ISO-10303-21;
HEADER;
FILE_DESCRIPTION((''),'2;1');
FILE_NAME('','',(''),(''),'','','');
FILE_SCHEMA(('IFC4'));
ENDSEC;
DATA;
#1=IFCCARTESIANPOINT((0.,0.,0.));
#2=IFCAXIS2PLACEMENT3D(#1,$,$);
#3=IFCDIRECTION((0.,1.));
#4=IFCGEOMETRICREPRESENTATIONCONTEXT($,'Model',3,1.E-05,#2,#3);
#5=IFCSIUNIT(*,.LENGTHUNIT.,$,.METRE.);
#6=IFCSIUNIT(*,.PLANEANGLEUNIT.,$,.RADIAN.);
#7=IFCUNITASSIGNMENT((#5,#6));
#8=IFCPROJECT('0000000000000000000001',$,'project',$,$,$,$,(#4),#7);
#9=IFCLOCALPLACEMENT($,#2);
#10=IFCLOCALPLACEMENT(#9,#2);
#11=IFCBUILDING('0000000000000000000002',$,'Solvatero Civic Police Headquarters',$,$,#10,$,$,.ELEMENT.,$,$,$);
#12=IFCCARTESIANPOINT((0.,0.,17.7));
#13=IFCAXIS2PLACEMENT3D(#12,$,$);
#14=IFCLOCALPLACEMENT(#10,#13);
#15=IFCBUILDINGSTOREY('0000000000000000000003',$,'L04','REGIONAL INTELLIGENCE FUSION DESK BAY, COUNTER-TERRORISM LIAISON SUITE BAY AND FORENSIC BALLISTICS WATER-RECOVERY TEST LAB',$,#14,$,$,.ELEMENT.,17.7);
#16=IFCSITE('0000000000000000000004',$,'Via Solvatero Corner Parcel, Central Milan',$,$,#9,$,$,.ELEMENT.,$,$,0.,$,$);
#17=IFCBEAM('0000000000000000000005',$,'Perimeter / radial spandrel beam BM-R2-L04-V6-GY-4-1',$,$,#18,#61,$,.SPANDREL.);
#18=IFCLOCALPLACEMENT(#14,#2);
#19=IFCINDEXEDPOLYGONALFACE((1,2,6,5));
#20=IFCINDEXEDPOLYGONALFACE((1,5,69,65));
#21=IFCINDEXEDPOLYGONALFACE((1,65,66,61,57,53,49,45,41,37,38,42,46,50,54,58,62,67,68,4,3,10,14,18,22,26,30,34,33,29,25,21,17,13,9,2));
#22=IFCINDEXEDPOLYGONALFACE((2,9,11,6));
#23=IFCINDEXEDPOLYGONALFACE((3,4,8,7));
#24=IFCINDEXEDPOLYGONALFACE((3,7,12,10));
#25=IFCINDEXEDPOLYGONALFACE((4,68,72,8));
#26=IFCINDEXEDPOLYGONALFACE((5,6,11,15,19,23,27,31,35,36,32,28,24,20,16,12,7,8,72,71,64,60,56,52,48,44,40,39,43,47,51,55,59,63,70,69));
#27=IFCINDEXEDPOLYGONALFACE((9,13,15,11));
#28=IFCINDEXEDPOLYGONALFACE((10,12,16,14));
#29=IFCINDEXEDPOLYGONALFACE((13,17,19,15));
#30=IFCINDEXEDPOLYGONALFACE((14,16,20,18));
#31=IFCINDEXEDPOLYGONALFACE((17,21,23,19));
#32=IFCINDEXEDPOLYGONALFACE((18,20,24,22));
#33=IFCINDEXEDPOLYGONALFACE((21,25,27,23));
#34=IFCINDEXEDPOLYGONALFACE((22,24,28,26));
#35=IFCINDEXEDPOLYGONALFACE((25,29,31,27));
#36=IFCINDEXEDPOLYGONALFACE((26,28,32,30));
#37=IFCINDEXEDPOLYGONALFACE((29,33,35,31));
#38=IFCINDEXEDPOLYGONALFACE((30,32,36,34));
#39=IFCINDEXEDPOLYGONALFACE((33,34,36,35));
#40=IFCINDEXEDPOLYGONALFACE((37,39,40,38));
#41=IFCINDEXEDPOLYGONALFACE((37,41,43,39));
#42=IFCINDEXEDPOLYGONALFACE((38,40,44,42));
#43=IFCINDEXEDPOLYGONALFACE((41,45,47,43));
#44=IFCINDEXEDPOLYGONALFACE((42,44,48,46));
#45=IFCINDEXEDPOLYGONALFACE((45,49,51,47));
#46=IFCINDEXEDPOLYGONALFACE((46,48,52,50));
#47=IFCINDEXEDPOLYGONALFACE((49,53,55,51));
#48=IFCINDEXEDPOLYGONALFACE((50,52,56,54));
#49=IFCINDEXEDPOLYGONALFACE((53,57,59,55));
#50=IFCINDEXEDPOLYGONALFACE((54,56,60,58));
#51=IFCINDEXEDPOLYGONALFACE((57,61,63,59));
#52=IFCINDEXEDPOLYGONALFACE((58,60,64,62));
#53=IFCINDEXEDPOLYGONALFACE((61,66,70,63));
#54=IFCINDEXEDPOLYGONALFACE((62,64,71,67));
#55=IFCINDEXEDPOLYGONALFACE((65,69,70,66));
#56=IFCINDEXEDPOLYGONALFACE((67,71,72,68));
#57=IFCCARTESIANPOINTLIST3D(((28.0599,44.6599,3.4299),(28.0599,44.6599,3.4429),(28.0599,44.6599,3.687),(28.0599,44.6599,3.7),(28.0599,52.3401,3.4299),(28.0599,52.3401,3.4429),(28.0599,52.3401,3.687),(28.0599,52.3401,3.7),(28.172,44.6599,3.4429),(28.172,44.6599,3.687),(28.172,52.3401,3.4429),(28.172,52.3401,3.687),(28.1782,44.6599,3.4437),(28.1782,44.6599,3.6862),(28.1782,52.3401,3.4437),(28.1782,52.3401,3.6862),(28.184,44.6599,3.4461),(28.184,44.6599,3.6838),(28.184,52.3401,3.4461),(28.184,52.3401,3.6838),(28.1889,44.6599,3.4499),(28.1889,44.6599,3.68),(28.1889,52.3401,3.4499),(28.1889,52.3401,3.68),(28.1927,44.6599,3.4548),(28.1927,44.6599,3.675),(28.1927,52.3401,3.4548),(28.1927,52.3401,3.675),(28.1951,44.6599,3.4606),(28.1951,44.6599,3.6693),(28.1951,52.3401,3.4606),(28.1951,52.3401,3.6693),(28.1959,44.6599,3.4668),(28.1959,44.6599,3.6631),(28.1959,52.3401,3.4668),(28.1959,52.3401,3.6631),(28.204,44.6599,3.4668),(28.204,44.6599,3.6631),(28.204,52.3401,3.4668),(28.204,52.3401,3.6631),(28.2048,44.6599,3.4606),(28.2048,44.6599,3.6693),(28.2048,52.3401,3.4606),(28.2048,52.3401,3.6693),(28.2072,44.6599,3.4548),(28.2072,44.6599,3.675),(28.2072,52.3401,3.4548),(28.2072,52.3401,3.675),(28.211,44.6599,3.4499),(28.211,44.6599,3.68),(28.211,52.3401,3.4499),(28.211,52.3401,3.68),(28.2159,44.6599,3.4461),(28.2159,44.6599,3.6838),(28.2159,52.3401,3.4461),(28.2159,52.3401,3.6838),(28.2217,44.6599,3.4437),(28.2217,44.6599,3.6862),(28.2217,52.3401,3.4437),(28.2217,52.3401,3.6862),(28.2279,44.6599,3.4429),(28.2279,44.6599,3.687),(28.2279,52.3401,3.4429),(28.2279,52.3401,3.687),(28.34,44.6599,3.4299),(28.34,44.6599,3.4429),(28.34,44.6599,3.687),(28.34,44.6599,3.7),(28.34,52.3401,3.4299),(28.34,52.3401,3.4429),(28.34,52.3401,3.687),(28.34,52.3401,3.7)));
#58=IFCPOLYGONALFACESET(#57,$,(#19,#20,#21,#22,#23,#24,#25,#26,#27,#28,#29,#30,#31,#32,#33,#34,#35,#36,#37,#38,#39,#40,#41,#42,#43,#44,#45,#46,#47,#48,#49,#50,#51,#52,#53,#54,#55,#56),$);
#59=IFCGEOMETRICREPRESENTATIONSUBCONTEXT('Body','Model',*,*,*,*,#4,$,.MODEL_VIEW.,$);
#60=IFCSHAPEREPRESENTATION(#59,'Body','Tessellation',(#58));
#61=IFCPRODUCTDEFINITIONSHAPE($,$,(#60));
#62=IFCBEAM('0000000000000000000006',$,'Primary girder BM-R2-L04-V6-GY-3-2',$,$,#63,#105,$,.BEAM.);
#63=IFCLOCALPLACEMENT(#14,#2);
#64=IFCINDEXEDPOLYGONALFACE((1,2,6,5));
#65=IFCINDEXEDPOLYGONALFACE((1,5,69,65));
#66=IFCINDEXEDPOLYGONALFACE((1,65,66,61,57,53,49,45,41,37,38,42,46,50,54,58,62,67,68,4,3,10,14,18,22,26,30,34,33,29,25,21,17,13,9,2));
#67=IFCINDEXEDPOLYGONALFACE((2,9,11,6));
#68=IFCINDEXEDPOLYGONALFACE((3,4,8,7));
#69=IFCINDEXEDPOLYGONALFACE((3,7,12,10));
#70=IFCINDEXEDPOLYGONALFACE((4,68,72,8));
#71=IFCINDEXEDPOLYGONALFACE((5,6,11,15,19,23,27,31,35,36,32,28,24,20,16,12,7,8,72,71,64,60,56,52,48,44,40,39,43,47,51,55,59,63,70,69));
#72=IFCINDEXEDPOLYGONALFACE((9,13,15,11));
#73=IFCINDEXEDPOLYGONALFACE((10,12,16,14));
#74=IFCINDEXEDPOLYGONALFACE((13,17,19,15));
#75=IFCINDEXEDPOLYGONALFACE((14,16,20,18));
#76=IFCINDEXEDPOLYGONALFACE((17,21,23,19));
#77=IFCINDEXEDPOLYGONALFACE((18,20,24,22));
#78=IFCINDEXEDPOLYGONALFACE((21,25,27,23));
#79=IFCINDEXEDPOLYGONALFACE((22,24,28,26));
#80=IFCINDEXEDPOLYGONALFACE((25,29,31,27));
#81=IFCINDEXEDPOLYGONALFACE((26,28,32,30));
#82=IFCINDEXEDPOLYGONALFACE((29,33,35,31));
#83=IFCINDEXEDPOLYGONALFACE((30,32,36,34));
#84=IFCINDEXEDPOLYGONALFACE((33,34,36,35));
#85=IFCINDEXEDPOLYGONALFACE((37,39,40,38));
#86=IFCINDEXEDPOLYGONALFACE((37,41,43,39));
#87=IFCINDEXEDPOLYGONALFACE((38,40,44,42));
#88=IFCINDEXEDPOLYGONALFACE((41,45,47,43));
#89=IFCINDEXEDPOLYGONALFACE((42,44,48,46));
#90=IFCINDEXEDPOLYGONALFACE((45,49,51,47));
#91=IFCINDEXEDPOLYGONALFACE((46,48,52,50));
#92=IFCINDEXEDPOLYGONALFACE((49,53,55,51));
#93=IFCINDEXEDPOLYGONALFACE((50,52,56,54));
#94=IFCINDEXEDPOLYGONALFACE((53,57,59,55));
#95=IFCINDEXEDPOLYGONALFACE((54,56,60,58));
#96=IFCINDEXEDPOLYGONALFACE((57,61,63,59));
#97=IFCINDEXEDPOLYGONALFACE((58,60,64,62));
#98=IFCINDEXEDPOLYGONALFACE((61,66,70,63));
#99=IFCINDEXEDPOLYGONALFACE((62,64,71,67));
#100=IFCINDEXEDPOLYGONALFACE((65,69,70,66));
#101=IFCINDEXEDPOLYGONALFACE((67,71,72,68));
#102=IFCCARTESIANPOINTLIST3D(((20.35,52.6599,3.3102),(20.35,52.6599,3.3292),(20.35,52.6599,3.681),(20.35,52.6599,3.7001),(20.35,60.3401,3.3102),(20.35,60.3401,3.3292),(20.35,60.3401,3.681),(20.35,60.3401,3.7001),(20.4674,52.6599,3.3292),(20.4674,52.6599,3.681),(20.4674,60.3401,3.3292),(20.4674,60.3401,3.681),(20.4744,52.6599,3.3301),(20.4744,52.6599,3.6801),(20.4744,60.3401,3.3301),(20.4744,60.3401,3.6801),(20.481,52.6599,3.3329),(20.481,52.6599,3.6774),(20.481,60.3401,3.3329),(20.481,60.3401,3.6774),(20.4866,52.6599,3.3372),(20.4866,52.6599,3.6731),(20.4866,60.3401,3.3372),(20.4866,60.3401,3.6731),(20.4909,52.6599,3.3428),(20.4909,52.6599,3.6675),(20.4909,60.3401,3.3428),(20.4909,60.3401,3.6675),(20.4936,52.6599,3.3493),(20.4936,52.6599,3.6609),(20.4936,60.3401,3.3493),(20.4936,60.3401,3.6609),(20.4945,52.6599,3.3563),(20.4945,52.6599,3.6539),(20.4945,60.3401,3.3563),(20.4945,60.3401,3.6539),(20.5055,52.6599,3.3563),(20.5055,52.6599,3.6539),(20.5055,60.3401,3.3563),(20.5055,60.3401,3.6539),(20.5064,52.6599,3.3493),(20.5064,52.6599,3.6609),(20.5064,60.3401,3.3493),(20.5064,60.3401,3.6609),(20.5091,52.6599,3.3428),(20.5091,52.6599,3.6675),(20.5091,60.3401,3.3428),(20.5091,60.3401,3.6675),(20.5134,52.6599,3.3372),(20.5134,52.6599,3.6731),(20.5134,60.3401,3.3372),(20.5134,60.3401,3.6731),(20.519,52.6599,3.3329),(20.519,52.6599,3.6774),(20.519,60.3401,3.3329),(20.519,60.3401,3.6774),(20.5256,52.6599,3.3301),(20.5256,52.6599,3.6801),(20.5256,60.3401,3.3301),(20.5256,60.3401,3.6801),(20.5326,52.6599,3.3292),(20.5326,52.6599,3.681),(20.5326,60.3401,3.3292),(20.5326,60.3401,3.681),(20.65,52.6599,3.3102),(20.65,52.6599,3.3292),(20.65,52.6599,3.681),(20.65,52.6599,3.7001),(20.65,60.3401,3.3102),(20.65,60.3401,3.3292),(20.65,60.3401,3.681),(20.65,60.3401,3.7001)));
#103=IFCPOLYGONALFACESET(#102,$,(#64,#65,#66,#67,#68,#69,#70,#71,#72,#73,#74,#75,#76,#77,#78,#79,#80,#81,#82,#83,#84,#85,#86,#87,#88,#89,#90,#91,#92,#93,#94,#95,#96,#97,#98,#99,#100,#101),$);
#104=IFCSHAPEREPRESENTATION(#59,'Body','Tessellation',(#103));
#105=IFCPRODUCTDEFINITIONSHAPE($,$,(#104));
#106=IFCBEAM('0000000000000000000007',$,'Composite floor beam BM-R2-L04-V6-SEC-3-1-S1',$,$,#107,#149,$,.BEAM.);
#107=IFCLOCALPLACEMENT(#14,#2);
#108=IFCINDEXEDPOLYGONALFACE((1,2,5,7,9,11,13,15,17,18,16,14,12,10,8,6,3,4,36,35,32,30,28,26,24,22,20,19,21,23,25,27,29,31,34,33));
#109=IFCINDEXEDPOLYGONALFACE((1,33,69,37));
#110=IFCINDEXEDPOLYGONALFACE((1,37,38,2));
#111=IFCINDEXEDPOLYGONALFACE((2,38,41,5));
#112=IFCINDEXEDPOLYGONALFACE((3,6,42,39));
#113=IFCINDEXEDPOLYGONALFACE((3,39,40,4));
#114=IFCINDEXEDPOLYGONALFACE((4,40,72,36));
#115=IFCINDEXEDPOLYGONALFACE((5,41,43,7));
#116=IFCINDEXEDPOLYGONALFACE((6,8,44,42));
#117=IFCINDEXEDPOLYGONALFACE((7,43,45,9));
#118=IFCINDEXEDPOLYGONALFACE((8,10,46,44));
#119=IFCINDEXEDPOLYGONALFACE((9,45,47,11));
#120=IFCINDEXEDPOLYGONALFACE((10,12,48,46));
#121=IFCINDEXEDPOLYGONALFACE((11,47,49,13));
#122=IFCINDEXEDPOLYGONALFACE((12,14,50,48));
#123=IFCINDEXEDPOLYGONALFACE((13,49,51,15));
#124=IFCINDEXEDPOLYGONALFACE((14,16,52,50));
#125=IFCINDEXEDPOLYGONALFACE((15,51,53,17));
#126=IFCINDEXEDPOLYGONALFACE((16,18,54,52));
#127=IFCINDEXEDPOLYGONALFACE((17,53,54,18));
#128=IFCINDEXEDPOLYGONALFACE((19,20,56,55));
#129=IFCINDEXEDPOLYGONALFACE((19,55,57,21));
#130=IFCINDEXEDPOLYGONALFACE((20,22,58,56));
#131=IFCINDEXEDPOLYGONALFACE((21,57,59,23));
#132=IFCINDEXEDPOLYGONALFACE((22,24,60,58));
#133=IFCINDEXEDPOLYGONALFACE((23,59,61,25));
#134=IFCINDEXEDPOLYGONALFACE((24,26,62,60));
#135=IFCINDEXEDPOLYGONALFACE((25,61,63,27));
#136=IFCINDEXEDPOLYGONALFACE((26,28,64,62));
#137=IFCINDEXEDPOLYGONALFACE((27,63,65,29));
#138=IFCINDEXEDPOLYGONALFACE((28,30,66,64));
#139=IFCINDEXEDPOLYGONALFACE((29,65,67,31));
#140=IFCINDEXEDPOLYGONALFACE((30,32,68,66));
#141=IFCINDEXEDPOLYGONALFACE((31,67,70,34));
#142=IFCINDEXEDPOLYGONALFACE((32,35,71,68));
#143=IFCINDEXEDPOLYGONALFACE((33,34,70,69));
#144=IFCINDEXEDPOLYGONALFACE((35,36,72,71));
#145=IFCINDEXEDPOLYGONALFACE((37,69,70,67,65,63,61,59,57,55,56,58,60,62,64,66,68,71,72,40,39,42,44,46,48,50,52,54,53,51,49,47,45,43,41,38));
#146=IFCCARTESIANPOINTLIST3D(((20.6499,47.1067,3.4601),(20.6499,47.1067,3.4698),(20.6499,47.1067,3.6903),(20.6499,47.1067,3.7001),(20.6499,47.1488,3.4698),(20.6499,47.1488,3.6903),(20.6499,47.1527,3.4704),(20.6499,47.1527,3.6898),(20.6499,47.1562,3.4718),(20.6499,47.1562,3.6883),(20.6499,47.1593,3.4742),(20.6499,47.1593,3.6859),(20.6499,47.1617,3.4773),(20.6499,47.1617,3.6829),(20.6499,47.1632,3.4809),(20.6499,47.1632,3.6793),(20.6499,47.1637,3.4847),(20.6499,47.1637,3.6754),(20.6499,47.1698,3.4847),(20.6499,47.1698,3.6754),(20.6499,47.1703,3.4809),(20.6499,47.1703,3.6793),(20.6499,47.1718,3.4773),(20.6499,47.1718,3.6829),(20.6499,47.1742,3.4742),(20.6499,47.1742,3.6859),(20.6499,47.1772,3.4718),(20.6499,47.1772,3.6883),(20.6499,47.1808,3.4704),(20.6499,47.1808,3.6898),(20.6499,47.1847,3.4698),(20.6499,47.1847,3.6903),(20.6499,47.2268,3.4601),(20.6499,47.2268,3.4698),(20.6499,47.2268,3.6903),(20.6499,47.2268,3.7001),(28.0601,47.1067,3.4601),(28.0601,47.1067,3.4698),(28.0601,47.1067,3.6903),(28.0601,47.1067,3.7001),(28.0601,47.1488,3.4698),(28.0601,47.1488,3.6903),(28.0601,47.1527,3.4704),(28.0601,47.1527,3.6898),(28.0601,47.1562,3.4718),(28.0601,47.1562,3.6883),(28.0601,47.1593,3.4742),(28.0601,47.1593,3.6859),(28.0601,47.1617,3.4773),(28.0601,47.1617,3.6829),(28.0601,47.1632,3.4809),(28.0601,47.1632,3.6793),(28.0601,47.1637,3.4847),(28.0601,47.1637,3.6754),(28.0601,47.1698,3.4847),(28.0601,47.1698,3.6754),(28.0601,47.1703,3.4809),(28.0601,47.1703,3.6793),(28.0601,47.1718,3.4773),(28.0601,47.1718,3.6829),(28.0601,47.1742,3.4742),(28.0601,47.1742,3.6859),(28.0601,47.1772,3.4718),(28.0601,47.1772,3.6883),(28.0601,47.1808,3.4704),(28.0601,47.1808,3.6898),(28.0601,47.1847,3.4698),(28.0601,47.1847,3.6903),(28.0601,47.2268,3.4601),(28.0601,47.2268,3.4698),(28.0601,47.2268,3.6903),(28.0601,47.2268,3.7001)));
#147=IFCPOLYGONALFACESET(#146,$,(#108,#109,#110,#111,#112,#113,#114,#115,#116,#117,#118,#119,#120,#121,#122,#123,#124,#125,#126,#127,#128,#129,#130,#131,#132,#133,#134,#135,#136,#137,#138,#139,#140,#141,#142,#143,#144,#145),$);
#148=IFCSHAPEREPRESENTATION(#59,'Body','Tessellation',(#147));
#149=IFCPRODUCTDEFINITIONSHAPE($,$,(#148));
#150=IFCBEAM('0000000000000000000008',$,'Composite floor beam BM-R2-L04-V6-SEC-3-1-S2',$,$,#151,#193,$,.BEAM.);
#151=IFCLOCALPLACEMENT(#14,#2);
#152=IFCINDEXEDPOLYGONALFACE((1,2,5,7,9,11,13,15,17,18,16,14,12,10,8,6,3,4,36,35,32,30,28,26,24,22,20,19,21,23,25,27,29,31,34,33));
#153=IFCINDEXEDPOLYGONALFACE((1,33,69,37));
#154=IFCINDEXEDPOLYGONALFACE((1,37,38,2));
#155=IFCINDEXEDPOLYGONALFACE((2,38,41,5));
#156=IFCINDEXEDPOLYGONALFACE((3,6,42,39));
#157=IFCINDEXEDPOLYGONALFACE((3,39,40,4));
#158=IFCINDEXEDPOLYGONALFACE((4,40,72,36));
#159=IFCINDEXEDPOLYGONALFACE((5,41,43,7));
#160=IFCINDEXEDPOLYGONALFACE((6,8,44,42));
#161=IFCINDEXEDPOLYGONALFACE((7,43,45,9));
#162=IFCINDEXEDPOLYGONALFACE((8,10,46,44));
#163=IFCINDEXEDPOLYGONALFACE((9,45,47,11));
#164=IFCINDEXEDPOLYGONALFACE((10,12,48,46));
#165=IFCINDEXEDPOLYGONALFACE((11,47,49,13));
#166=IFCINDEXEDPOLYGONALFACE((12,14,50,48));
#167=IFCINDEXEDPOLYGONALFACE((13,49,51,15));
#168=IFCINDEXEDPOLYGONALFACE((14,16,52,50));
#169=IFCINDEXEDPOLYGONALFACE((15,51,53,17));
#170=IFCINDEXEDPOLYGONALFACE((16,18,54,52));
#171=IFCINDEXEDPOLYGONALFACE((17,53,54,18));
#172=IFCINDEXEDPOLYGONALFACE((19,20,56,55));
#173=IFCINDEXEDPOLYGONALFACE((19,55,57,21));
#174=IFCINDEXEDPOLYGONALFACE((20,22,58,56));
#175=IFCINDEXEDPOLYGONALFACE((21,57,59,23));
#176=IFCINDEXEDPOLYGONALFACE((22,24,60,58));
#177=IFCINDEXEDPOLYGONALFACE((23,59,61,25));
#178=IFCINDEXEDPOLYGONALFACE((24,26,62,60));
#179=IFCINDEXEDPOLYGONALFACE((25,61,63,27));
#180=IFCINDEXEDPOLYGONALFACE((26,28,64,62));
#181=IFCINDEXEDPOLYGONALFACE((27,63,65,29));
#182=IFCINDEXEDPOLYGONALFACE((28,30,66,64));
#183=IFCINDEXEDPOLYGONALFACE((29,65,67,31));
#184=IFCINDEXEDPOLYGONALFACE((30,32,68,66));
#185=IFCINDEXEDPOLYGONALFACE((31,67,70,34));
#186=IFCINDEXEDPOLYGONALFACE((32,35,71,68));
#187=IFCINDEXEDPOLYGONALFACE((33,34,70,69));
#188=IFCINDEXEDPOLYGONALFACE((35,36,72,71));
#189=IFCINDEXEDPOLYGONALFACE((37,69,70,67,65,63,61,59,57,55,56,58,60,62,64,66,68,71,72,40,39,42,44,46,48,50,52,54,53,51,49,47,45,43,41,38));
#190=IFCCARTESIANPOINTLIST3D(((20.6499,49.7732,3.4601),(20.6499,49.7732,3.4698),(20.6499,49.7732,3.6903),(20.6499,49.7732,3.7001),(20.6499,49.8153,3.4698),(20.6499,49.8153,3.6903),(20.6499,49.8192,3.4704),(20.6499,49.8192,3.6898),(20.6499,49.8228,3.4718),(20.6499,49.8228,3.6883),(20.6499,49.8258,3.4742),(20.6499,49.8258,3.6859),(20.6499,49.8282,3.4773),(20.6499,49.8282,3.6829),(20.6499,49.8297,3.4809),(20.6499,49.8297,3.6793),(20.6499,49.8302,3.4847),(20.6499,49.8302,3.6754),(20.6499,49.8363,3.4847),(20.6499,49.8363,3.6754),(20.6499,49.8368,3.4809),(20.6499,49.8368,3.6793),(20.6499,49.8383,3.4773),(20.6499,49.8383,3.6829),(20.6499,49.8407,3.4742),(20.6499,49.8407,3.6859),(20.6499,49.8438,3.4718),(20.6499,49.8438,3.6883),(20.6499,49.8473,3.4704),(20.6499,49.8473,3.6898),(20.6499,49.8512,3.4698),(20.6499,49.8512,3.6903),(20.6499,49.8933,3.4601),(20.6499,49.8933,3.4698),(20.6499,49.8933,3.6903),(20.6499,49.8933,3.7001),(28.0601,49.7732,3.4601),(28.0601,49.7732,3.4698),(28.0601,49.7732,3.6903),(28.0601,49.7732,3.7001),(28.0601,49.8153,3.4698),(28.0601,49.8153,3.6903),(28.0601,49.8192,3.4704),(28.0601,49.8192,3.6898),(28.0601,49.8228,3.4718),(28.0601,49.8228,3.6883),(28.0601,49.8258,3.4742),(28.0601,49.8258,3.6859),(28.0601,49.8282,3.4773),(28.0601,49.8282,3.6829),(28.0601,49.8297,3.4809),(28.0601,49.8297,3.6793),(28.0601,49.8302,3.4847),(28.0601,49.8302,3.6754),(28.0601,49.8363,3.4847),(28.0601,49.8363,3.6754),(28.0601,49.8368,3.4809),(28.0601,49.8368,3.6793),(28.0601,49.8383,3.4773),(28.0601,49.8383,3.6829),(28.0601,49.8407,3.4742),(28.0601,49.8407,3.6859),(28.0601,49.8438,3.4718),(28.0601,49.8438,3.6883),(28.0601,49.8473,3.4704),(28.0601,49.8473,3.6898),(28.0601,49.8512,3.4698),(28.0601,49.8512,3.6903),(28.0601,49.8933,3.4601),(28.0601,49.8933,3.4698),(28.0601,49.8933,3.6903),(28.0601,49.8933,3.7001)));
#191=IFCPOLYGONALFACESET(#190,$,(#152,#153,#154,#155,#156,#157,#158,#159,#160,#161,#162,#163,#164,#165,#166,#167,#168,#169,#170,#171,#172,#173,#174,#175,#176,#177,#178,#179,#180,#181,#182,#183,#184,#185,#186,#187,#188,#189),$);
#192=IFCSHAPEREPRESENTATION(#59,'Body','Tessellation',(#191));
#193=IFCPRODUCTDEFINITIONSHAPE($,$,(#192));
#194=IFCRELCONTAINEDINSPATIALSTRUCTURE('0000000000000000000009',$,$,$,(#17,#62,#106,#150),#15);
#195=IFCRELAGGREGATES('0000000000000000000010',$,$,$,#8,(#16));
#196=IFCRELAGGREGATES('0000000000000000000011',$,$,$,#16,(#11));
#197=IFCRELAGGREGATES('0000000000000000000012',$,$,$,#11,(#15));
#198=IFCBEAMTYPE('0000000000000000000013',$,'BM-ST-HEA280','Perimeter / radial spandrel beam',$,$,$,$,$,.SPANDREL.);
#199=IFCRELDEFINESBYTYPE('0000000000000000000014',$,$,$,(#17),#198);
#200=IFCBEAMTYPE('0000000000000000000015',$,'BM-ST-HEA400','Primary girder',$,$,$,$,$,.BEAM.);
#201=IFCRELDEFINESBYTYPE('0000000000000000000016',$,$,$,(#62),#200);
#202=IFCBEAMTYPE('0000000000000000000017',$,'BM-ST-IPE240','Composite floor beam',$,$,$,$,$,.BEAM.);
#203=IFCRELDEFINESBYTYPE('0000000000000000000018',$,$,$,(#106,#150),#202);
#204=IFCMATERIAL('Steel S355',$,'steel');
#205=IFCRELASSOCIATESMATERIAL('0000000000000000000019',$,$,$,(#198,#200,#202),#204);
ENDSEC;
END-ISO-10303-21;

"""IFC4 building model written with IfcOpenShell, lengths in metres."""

from ifc_helpers import new_model, si_unit, direction, frame, origin, origin_2d, place, context, subcontext, project, spatial, i_section, extrude, material, material_profile, profile_set, type_object, element, save


model = new_model("IFC4")

# Units and contexts
model_context = context("Model", 3, precision=1e-05, world=origin(), true_north=direction((0.0, 1.0)))
body_context = subcontext(model_context, "Body", "Model", "MODEL_VIEW")
ifc_project = project(units=[si_unit("LENGTHUNIT", "METRE"), si_unit("PLANEANGLEUNIT", "RADIAN")], contexts=[model_context])

# Site, building, storey
site_placement = place(None, origin())
site = spatial("IfcSite", under=ifc_project, at=site_placement, Name="Via Solvatero Corner Parcel, Central Milan", CompositionType="ELEMENT", RefElevation=0.0)
building_placement = place(site_placement, origin())
building = spatial("IfcBuilding", under=site, at=building_placement, Name="Solvatero Civic Police Headquarters", CompositionType="ELEMENT")
storey_placement = place(building_placement, frame((0.0, 0.0, 17.7)))
storey = spatial("IfcBuildingStorey", under=building, at=storey_placement, Name="L04", Description="REGIONAL INTELLIGENCE FUSION DESK BAY, COUNTER-TERRORISM LIAISON SUITE BAY AND FORENSIC BALLISTICS WATER-RECOVERY TEST LAB", CompositionType="ELEMENT", Elevation=17.7)

# Shared definitions
ifc_material_1 = material(Name="Steel S355", Category="steel")

# Beams
ifc_material_profile_1 = material_profile(ifc_material_1, i_section(OverallWidth=0.28, OverallDepth=0.27, WebThickness=0.0081, FlangeThickness=0.0129, FilletRadius=0.0239, at=origin_2d()), Name="HEA 280")
ifc_profile_set_1 = profile_set([ifc_material_profile_1], Name="Steel S355")
beam_type_1 = type_object("IfcBeamType", Name="BM-ST-HEA280", Description="Perimeter / radial spandrel beam", PredefinedType="SPANDREL", material=ifc_profile_set_1)
beam_1_placement = place(storey_placement, frame((28.2, 44.6599, 3.5649), z_axis=(0.0, 1.0, 0.0), x_axis=(-1.0, 0.0, 0.0)))
element("IfcBeam", 1, at=beam_1_placement, inside=storey, type_object=beam_type_1, Name="Perimeter / radial spandrel beam BM-R2-L04-V6-GY-4-1", PredefinedType="SPANDREL", context=body_context, shape_type="SweptSolid", body=[
    extrude(i_section(OverallWidth=0.28, OverallDepth=0.27, WebThickness=0.0081, FlangeThickness=0.0129, FilletRadius=0.0239, at=origin_2d()), origin(), (0.0, 0.0, 1.0), 7.6802),
])
ifc_material_profile_2 = material_profile(ifc_material_1, i_section(OverallWidth=0.3, OverallDepth=0.3899, WebThickness=0.011, FlangeThickness=0.019, FilletRadius=0.0271, at=origin_2d()), Name="HEA 400")
ifc_profile_set_2 = profile_set([ifc_material_profile_2], Name="Steel S355")
beam_type_2 = type_object("IfcBeamType", Name="BM-ST-HEA400", Description="Primary girder", PredefinedType="BEAM", material=ifc_profile_set_2)
beam_2_placement = place(storey_placement, frame((20.5, 52.6599, 3.5051), z_axis=(0.0, 1.0, 0.0), x_axis=(-1.0, 0.0, 0.0)))
element("IfcBeam", 2, at=beam_2_placement, inside=storey, type_object=beam_type_2, Name="Primary girder BM-R2-L04-V6-GY-3-2", PredefinedType="BEAM", context=body_context, shape_type="SweptSolid", body=[
    extrude(i_section(OverallWidth=0.3, OverallDepth=0.3899, WebThickness=0.011, FlangeThickness=0.019, FilletRadius=0.0271, at=origin_2d()), origin(), (0.0, 0.0, 1.0), 7.6802),
])
ifc_material_profile_3 = material_profile(ifc_material_1, i_section(OverallWidth=0.1201, OverallDepth=0.24, WebThickness=0.0061, FlangeThickness=0.0098, FilletRadius=0.0149, at=origin_2d()), Name="IPE 240")
ifc_profile_set_3 = profile_set([ifc_material_profile_3], Name="Steel S355")
beam_type_3 = type_object("IfcBeamType", Name="BM-ST-IPE240", Description="Composite floor beam", PredefinedType="BEAM", material=ifc_profile_set_3)
for number, where, z_axis, x_axis, name in (
    (3, (20.6499, 47.1667, 3.5801), (1.0, 0.0, 0.0), (0.0, 1.0, 0.0), "Composite floor beam BM-R2-L04-V6-SEC-3-1-S1"),
    (4, (20.6499, 49.8333, 3.5801), (1.0, 0.0, 0.0), (0.0, 1.0, 0.0), "Composite floor beam BM-R2-L04-V6-SEC-3-1-S2"),
):
    element("IfcBeam", number, at=place(storey_placement, frame(where, z_axis=z_axis, x_axis=x_axis)), inside=storey, type_object=beam_type_3, Name=name, PredefinedType="BEAM", context=body_context, shape_type="SweptSolid", body=[
        extrude(i_section(OverallWidth=0.1201, OverallDepth=0.24, WebThickness=0.0061, FlangeThickness=0.0098, FilletRadius=0.0149, at=origin_2d()), origin(), (0.0, 0.0, 1.0), 7.4102),
    ])

save(model, "model.ifc")
